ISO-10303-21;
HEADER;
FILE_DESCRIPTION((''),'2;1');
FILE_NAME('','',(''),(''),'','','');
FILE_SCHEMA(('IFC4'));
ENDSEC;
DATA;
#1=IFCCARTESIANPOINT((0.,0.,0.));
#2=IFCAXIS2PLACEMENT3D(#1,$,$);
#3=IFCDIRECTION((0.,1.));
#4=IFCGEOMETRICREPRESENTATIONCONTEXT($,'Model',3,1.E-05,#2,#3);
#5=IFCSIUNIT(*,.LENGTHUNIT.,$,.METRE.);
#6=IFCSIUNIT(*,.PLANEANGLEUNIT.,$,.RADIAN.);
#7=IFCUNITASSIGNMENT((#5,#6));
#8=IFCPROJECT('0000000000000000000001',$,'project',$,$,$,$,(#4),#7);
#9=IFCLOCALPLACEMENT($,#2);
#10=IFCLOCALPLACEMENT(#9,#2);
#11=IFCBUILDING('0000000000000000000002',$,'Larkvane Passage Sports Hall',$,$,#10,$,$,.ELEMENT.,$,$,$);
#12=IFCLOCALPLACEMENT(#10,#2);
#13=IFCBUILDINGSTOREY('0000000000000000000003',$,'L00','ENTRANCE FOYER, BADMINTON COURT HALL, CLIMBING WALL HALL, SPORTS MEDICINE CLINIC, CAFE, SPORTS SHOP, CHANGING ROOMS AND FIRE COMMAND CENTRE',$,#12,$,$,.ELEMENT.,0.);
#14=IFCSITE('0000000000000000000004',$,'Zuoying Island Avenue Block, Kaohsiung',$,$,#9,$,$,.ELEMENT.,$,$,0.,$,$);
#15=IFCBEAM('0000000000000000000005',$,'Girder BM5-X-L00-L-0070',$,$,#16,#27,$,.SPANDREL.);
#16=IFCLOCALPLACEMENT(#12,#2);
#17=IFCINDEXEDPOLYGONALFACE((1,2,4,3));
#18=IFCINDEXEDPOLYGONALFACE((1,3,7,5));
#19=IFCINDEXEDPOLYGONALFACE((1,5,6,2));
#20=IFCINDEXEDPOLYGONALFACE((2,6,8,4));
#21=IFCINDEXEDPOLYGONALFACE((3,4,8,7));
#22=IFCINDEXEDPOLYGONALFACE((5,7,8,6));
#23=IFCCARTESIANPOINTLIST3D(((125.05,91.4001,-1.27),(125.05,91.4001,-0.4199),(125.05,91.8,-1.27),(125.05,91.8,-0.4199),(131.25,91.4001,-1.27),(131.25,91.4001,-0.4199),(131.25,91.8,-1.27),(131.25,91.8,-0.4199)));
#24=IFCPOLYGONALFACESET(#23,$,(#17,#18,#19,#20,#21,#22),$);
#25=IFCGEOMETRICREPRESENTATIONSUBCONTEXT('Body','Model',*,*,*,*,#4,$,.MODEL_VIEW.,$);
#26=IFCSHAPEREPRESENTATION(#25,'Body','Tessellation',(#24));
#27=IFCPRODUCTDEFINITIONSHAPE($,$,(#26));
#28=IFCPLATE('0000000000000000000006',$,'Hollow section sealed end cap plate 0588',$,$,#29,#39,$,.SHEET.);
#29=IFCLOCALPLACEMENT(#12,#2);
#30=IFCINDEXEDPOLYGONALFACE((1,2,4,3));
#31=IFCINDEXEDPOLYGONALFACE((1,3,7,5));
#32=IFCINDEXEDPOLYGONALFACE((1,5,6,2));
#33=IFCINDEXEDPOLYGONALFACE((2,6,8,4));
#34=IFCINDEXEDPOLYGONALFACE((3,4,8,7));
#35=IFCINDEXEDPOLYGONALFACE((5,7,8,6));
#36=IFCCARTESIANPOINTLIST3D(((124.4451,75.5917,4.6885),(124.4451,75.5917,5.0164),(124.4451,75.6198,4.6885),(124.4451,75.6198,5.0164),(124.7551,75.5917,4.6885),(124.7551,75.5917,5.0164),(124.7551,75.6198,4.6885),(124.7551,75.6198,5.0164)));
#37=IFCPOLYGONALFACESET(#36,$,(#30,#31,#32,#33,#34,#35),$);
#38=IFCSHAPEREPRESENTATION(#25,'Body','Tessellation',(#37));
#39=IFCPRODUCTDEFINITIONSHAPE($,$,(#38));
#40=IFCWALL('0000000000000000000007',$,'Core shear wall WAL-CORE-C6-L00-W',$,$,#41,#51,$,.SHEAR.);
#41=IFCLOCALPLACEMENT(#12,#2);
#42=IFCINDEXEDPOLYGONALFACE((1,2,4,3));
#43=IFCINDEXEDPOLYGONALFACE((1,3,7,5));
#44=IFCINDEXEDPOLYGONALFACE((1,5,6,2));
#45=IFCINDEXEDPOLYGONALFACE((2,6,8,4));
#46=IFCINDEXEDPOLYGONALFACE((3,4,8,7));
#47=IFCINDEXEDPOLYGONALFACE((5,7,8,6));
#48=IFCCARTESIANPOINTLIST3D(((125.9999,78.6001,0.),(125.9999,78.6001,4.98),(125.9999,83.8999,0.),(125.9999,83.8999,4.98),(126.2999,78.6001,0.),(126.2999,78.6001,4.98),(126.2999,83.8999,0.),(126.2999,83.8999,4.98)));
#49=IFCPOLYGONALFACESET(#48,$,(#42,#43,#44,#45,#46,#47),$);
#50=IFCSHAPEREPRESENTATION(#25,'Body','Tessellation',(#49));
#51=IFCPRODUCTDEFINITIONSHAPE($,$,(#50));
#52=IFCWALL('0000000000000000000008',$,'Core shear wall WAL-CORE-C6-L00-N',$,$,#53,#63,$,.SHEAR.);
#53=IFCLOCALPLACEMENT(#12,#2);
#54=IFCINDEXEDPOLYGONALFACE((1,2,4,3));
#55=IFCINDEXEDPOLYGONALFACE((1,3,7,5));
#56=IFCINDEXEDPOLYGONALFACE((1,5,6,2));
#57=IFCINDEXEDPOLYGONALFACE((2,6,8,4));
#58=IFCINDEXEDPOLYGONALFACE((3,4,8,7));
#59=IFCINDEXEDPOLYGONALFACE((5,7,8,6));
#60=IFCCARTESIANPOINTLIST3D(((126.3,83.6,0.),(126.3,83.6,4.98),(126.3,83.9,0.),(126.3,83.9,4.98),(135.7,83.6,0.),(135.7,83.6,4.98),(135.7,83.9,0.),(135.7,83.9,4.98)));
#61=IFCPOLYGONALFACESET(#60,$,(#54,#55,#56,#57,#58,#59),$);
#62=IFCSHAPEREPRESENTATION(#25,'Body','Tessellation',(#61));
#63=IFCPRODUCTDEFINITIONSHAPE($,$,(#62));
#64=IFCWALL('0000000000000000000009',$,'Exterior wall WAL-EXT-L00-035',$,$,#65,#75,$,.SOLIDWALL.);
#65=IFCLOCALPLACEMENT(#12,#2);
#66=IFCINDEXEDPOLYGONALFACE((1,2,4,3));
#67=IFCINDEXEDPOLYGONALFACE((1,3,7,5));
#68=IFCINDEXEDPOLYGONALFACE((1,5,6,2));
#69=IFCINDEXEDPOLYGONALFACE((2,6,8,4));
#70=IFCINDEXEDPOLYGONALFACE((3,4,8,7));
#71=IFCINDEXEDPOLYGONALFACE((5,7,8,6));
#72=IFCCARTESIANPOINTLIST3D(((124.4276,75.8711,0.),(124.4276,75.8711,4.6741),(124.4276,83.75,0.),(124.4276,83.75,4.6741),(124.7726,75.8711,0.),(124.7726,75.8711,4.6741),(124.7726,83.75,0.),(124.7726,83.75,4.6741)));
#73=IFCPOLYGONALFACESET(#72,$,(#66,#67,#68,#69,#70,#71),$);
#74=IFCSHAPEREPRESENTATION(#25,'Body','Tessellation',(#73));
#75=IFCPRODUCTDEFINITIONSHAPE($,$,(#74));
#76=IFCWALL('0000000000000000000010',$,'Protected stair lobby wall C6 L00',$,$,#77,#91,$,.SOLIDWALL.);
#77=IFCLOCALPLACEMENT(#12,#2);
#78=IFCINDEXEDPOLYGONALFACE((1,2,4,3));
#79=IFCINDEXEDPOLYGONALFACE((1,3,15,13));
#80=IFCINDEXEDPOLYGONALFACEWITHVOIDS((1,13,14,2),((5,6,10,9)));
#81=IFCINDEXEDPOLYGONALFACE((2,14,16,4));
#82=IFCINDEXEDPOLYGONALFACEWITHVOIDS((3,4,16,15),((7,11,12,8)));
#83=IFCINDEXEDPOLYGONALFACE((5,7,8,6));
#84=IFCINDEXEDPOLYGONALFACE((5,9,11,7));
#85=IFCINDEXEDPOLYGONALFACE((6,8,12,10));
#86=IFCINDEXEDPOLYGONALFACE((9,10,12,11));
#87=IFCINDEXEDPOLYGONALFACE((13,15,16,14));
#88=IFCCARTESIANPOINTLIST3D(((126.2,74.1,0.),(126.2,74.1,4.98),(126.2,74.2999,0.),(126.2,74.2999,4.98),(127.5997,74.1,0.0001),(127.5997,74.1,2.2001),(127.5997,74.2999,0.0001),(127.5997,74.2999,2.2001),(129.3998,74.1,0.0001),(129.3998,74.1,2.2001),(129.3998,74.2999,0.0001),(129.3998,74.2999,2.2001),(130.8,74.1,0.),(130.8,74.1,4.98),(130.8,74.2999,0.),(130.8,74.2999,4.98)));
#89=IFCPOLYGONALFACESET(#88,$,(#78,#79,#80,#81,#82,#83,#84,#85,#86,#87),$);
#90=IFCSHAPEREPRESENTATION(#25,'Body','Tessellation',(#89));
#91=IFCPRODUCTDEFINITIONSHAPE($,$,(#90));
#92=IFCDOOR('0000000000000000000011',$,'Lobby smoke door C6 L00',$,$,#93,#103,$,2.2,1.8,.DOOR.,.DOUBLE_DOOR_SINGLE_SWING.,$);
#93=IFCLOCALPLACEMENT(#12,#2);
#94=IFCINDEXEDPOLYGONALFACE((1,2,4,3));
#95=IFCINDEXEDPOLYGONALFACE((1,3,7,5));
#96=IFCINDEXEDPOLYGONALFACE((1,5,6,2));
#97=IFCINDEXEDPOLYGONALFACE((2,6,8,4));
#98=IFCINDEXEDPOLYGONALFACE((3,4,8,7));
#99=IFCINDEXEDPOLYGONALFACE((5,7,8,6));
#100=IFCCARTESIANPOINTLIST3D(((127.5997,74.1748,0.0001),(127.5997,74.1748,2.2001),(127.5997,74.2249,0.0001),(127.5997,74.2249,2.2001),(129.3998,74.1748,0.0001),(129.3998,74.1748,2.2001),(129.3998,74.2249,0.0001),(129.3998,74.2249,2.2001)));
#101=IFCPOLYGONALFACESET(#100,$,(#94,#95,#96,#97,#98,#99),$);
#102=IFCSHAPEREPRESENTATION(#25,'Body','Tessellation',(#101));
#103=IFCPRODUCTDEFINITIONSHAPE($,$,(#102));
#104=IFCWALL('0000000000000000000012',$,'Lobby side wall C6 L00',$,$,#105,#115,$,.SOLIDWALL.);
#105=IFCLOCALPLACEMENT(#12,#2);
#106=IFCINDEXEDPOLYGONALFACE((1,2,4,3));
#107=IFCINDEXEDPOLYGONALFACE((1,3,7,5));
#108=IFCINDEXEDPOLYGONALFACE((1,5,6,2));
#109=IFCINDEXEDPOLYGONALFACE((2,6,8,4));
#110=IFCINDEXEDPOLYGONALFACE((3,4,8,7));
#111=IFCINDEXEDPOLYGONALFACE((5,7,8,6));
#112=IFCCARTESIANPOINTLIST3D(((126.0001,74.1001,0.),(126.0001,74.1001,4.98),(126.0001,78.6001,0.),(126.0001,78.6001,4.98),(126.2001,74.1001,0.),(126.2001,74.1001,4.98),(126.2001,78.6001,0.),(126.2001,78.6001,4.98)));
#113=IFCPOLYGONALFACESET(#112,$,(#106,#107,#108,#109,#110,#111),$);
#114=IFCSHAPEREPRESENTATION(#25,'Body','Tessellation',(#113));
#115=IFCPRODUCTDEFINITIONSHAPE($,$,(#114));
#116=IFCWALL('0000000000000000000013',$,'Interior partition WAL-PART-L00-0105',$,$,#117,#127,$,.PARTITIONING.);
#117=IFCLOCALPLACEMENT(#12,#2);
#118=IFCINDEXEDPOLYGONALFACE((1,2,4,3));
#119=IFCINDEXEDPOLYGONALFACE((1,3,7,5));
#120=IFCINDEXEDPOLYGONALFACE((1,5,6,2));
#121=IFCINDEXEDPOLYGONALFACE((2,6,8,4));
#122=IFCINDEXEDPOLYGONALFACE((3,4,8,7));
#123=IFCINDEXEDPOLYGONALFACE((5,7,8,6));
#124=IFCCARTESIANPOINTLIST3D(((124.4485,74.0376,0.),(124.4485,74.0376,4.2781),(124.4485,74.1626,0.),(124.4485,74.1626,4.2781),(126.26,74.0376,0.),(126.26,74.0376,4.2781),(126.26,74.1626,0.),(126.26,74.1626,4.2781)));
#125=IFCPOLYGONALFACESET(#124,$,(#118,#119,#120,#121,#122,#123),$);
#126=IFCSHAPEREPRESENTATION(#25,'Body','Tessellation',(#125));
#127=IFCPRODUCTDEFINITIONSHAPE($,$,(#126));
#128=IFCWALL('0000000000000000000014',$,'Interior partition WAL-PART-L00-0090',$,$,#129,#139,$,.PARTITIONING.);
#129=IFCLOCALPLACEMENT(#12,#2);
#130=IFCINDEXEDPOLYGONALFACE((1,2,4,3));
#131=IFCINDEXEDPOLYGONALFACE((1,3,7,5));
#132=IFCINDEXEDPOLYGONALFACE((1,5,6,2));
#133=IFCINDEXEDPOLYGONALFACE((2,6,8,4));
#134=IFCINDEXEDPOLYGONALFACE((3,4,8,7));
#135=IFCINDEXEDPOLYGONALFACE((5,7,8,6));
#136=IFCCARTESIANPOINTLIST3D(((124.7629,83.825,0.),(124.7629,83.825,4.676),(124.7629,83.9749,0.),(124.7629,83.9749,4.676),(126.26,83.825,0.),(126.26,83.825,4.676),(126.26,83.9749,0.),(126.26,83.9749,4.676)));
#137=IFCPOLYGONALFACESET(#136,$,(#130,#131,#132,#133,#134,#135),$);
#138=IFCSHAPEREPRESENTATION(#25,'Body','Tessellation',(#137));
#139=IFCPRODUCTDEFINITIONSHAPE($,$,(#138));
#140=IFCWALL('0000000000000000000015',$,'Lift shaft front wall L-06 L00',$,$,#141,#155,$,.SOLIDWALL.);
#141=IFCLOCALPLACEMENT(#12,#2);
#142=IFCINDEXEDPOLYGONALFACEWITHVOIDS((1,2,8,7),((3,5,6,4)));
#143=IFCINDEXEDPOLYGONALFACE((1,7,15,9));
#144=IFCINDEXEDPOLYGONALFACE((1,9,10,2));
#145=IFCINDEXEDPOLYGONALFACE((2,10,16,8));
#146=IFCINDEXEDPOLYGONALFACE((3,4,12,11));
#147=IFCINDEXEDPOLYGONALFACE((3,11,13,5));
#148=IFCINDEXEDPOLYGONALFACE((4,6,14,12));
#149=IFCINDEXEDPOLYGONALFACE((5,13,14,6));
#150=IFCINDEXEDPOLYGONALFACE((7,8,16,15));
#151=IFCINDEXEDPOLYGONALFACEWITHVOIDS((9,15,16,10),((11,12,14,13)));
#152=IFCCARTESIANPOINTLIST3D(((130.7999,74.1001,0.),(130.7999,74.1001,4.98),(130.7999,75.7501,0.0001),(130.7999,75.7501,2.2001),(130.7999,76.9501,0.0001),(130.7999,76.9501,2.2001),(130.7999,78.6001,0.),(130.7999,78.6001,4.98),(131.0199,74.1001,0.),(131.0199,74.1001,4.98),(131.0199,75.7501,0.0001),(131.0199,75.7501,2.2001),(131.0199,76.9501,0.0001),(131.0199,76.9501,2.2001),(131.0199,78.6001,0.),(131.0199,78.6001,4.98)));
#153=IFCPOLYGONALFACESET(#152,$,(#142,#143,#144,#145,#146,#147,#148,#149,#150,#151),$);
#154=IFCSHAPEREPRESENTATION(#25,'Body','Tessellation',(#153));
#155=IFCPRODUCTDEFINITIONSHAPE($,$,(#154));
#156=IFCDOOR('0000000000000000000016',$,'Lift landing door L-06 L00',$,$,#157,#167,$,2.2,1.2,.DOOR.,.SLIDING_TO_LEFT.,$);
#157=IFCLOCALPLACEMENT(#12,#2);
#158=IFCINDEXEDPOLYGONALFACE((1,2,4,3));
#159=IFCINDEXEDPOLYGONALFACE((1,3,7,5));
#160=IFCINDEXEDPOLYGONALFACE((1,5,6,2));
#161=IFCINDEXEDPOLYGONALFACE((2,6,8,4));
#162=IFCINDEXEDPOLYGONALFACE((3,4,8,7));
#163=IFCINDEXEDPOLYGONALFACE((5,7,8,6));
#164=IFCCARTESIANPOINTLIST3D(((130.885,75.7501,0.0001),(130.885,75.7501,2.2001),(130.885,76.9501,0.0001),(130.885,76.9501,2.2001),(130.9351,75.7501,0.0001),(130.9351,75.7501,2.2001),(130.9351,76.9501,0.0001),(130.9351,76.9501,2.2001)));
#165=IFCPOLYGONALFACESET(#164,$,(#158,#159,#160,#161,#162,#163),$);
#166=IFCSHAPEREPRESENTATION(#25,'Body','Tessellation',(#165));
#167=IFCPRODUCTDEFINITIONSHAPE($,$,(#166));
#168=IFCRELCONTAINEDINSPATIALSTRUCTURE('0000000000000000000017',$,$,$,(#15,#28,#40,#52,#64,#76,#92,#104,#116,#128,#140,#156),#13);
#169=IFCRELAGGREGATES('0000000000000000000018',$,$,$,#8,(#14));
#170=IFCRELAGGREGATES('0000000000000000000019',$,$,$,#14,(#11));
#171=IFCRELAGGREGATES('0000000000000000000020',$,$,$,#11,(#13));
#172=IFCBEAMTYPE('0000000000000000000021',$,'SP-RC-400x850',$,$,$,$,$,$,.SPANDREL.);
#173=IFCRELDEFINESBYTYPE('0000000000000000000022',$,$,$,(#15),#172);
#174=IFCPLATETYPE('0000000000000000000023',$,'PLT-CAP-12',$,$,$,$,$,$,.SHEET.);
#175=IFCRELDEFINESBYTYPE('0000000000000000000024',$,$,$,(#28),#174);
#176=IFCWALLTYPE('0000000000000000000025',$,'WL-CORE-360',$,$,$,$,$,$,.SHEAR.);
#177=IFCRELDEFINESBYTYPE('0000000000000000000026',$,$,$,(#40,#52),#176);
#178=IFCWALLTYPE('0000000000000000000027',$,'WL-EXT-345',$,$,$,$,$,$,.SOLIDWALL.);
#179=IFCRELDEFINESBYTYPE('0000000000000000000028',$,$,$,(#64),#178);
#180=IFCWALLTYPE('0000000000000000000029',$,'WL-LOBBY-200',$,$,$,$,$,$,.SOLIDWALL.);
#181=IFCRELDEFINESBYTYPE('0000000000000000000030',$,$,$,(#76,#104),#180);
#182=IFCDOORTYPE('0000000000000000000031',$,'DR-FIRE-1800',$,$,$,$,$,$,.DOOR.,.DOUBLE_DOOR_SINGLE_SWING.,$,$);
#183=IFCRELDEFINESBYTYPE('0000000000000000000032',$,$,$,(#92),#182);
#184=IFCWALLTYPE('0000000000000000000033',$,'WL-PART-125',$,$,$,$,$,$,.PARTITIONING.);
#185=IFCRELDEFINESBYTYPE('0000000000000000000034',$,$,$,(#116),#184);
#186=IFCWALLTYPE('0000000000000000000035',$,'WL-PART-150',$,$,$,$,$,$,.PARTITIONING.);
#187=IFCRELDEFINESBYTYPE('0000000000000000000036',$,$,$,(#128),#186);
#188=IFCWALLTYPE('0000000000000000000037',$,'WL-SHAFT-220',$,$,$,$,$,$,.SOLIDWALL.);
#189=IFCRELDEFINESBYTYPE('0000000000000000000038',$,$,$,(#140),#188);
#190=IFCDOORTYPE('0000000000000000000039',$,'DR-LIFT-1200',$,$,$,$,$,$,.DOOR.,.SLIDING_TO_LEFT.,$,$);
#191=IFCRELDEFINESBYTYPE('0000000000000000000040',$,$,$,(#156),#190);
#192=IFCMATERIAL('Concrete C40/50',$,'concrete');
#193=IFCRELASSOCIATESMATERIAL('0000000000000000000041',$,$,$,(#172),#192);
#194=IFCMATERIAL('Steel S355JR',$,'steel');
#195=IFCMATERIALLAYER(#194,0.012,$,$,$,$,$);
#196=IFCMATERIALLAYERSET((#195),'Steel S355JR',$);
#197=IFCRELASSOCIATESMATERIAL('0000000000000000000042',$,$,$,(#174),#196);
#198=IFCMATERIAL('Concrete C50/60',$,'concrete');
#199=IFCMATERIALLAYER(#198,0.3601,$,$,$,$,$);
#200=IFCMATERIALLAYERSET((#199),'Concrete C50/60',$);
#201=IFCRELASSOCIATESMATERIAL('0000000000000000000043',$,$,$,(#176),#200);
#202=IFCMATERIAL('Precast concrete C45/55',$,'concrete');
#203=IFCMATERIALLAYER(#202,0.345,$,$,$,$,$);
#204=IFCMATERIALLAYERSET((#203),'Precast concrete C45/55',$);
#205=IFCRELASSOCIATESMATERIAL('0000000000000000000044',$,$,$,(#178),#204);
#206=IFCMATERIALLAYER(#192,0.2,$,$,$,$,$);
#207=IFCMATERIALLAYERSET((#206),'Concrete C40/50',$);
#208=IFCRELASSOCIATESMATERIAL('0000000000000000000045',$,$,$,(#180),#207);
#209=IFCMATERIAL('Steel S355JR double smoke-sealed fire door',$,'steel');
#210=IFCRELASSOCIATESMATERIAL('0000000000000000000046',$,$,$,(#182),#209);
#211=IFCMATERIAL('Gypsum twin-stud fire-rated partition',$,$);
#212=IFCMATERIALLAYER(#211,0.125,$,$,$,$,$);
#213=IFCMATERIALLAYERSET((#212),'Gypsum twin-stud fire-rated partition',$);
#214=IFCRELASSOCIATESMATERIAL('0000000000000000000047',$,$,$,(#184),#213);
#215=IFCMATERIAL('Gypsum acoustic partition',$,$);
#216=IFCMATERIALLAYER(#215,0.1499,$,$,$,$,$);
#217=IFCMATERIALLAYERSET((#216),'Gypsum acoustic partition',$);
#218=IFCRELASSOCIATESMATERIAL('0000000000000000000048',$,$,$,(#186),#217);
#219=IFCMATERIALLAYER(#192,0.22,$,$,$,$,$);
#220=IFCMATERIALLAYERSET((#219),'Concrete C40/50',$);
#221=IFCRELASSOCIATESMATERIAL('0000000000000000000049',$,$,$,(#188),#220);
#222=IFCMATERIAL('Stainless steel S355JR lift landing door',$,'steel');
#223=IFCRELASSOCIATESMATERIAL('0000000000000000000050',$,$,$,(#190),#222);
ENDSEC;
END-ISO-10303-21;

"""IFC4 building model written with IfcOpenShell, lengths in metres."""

from ifc_helpers import new_model, si_unit, direction, frame, frame_2d, origin, origin_2d, place, context, subcontext, project, spatial, rectangle, extrude, material, layer, layer_set, material_profile, profile_set, type_object, element, fill, save


model = new_model("IFC4")

# Units and contexts
model_context = context("Model", 3, precision=1e-05, world=origin(), true_north=direction((0.0, 1.0)))
body_context = subcontext(model_context, "Body", "Model", "MODEL_VIEW")
ifc_project = project(units=[si_unit("LENGTHUNIT", "METRE"), si_unit("PLANEANGLEUNIT", "RADIAN")], contexts=[model_context])

# Site, building, storey
site_placement = place(None, origin())
site = spatial("IfcSite", under=ifc_project, at=site_placement, Name="Zuoying Island Avenue Block, Kaohsiung", CompositionType="ELEMENT", RefElevation=0.0)
building_placement = place(site_placement, origin())
building = spatial("IfcBuilding", under=site, at=building_placement, Name="Larkvane Passage Sports Hall", CompositionType="ELEMENT")
storey_placement = place(building_placement, origin())
storey = spatial("IfcBuildingStorey", under=building, at=storey_placement, Name="L00", Description="ENTRANCE FOYER, BADMINTON COURT HALL, CLIMBING WALL HALL, SPORTS MEDICINE CLINIC, CAFE, SPORTS SHOP, CHANGING ROOMS AND FIRE COMMAND CENTRE", CompositionType="ELEMENT", Elevation=0.0)

# Shared definitions
ifc_material_1 = material(Name="Concrete C40/50", Category="concrete")

# Beam
ifc_material_2 = material(Name="Concrete C50/60", Category="concrete")
ifc_material_profile_1 = material_profile(ifc_material_1, rectangle(XDim=0.3999, YDim=0.8501, at=origin_2d()), Name="RC-SP-400x850")
ifc_profile_set_1 = profile_set([ifc_material_profile_1], Name="Concrete C40/50")
beam_type_1 = type_object("IfcBeamType", Name="SP-RC-400x850", PredefinedType="SPANDREL", material=ifc_profile_set_1)
beam_1_placement = place(storey_placement, frame((125.05, 91.6001, -0.845), z_axis=(1.0, 0.0, 0.0), x_axis=(0.0, 1.0, 0.0)))
element("IfcBeam", 1, at=beam_1_placement, inside=storey, type_object=beam_type_1, Name="Girder BM5-X-L00-L-0070", PredefinedType="SPANDREL", context=body_context, shape_type="SweptSolid", body=[
    extrude(rectangle(XDim=0.3999, YDim=0.8501, at=origin_2d()), origin(), (0.0, 0.0, 1.0), 6.2),
])

# Plate
ifc_material_3 = material(Name="Steel S355JR", Category="steel")
ifc_layer_1 = layer(ifc_material_3, 0.012)
ifc_layer_set_1 = layer_set([ifc_layer_1], Name="Steel S355JR")
plate_type = type_object("IfcPlateType", Name="PLT-CAP-12", PredefinedType="SHEET", material=ifc_layer_set_1)
plate_placement = place(storey_placement, frame((124.6001, 75.6057, 4.6885), z_axis=(0.0, 0.0, 1.0), x_axis=(-1.0, 0.0, 0.0)))
element("IfcPlate", 2, at=plate_placement, inside=storey, type_object=plate_type, Name="Hollow section sealed end cap plate 0588", PredefinedType="SHEET", context=body_context, shape_type="SweptSolid", body=[
    extrude(rectangle(XDim=0.3101, YDim=0.0281, at=origin_2d()), origin(), (0.0, 0.0, 1.0), 0.3279),
])

# Walls
ifc_layer_2 = layer(ifc_material_2, 0.3601)
ifc_layer_set_2 = layer_set([ifc_layer_2], Name="Concrete C50/60")
wall_type_1 = type_object("IfcWallType", Name="WL-CORE-360", PredefinedType="SHEAR", material=ifc_layer_set_2)
wall_1_placement = place(storey_placement, frame((126.1499, 78.6001, 0.0), z_axis=(0.0, 0.0, 1.0), x_axis=(0.0, 1.0, 0.0)))
element("IfcWall", 3, at=wall_1_placement, inside=storey, type_object=wall_type_1, Name="Core shear wall WAL-CORE-C6-L00-W", PredefinedType="SHEAR", context=body_context, shape_type="SweptSolid", body=[
    extrude(rectangle(XDim=5.2998, YDim=0.3, at=frame_2d((2.6499, 0.0))), origin(), (0.0, 0.0, 1.0), 4.98),
])
wall_2_placement = place(storey_placement, frame((126.3, 83.75, 0.0), z_axis=(0.0, 0.0, 1.0), x_axis=(1.0, 0.0, 0.0)))
element("IfcWall", 4, at=wall_2_placement, inside=storey, type_object=wall_type_1, Name="Core shear wall WAL-CORE-C6-L00-N", PredefinedType="SHEAR", context=body_context, shape_type="SweptSolid", body=[
    extrude(rectangle(XDim=9.3999, YDim=0.3, at=frame_2d((4.7, 0.0))), origin(), (0.0, 0.0, 1.0), 4.98),
])

# Wall
ifc_material_4 = material(Name="Precast concrete C45/55", Category="concrete")
ifc_layer_3 = layer(ifc_material_4, 0.345)
ifc_layer_set_3 = layer_set([ifc_layer_3], Name="Precast concrete C45/55")
wall_type_2 = type_object("IfcWallType", Name="WL-EXT-345", PredefinedType="SOLIDWALL", material=ifc_layer_set_3)
wall_3_placement = place(storey_placement, frame((124.6001, 75.8711, 0.0), z_axis=(0.0, 0.0, 1.0), x_axis=(0.0, 1.0, 0.0)))
element("IfcWall", 5, at=wall_3_placement, inside=storey, type_object=wall_type_2, Name="Exterior wall WAL-EXT-L00-035", PredefinedType="SOLIDWALL", context=body_context, shape_type="SweptSolid", body=[
    extrude(rectangle(XDim=7.8789, YDim=0.345, at=frame_2d((3.9395, 0.0))), origin(), (0.0, 0.0, 1.0), 4.6741),
])

# Wall, opening, door
ifc_layer_4 = layer(ifc_material_1, 0.2)
ifc_layer_set_4 = layer_set([ifc_layer_4], Name="Concrete C40/50")
wall_type_3 = type_object("IfcWallType", Name="WL-LOBBY-200", PredefinedType="SOLIDWALL", material=ifc_layer_set_4)
wall_4_placement = place(storey_placement, frame((126.2, 74.2, 0.0), z_axis=(0.0, 0.0, 1.0), x_axis=(1.0, 0.0, 0.0)))
wall_4 = element("IfcWall", 6, at=wall_4_placement, inside=storey, type_object=wall_type_3, Name="Protected stair lobby wall C6 L00", PredefinedType="SOLIDWALL", context=body_context, shape_type="SweptSolid", body=[
    extrude(rectangle(XDim=4.6001, YDim=0.2, at=frame_2d((2.3, 0.0))), origin(), (0.0, 0.0, 1.0), 4.98),
])
opening_1_placement = place(wall_4_placement, frame((1.3999, 0.0, 0.0)))
opening_1 = element("IfcOpeningElement", 7, at=opening_1_placement, cuts=wall_4, PredefinedType="OPENING", context=body_context, shape_type="SweptSolid", body=[
    extrude(rectangle(XDim=1.8, YDim=2.2, at=frame_2d((0.8999, 1.1001))), frame((0.0, 0.1099, 0.0), z_axis=(0.0, -1.0, 0.0), x_axis=(1.0, 0.0, 0.0)), (0.0, 0.0, 1.0), 0.22),
])
ifc_material_5 = material(Name="Steel S355JR double smoke-sealed fire door", Category="steel")
door_type_1 = type_object("IfcDoorType", Name="DR-FIRE-1800", OperationType="DOUBLE_DOOR_SINGLE_SWING", PredefinedType="DOOR", material=ifc_material_5)
door_1_placement = place(opening_1_placement, origin())
door_1 = element("IfcDoor", 8, at=door_1_placement, inside=storey, type_object=door_type_1, Name="Lobby smoke door C6 L00", OperationType="DOUBLE_DOOR_SINGLE_SWING", OverallHeight=2.2, OverallWidth=1.8, PredefinedType="DOOR", context=body_context, shape_type="SweptSolid", body=[
    extrude(rectangle(XDim=1.8, YDim=2.2, at=frame_2d((0.8999, 1.1001))), frame((0.0, 0.0249, 0.0), z_axis=(0.0, -1.0, 0.0), x_axis=(1.0, 0.0, 0.0)), (0.0, 0.0, 1.0), 0.05),
])
fill(opening_1, door_1)

# Walls
wall_5_placement = place(storey_placement, frame((126.1001, 74.1001, 0.0), z_axis=(0.0, 0.0, 1.0), x_axis=(0.0, 1.0, 0.0)))
element("IfcWall", 9, at=wall_5_placement, inside=storey, type_object=wall_type_3, Name="Lobby side wall C6 L00", PredefinedType="SOLIDWALL", context=body_context, shape_type="SweptSolid", body=[
    extrude(rectangle(XDim=4.5, YDim=0.2, at=frame_2d((2.25, 0.0))), origin(), (0.0, 0.0, 1.0), 4.98),
])
ifc_material_6 = material(Name="Gypsum twin-stud fire-rated partition")
ifc_layer_5 = layer(ifc_material_6, 0.125)
ifc_layer_set_5 = layer_set([ifc_layer_5], Name="Gypsum twin-stud fire-rated partition")
wall_type_4 = type_object("IfcWallType", Name="WL-PART-125", PredefinedType="PARTITIONING", material=ifc_layer_set_5)
wall_6_placement = place(storey_placement, frame((124.4485, 74.1001, 0.0), z_axis=(0.0, 0.0, 1.0), x_axis=(1.0, 0.0, 0.0)))
element("IfcWall", 10, at=wall_6_placement, inside=storey, type_object=wall_type_4, Name="Interior partition WAL-PART-L00-0105", PredefinedType="PARTITIONING", context=body_context, shape_type="SweptSolid", body=[
    extrude(rectangle(XDim=1.8115, YDim=0.125, at=frame_2d((0.9058, 0.0))), origin(), (0.0, 0.0, 1.0), 4.2781),
])
ifc_material_7 = material(Name="Gypsum acoustic partition")
ifc_layer_6 = layer(ifc_material_7, 0.1499)
ifc_layer_set_6 = layer_set([ifc_layer_6], Name="Gypsum acoustic partition")
wall_type_5 = type_object("IfcWallType", Name="WL-PART-150", PredefinedType="PARTITIONING", material=ifc_layer_set_6)
wall_7_placement = place(storey_placement, frame((126.26, 83.8999, 0.0), z_axis=(0.0, 0.0, 1.0), x_axis=(-1.0, 0.0, 0.0)))
element("IfcWall", 11, at=wall_7_placement, inside=storey, type_object=wall_type_5, Name="Interior partition WAL-PART-L00-0090", PredefinedType="PARTITIONING", context=body_context, shape_type="SweptSolid", body=[
    extrude(rectangle(XDim=1.4971, YDim=0.1499, at=frame_2d((0.7485, 0.0))), origin(), (0.0, 0.0, 1.0), 4.676),
])

# Wall, opening, door
ifc_layer_7 = layer(ifc_material_1, 0.22)
ifc_layer_set_7 = layer_set([ifc_layer_7], Name="Concrete C40/50")
wall_type_6 = type_object("IfcWallType", Name="WL-SHAFT-220", PredefinedType="SOLIDWALL", material=ifc_layer_set_7)
wall_8_placement = place(storey_placement, frame((130.9099, 74.1001, 0.0), z_axis=(0.0, 0.0, 1.0), x_axis=(0.0, 1.0, 0.0)))
wall_8 = element("IfcWall", 12, at=wall_8_placement, inside=storey, type_object=wall_type_6, Name="Lift shaft front wall L-06 L00", PredefinedType="SOLIDWALL", context=body_context, shape_type="SweptSolid", body=[
    extrude(rectangle(XDim=4.5, YDim=0.22, at=frame_2d((2.25, 0.0))), origin(), (0.0, 0.0, 1.0), 4.98),
])
opening_2_placement = place(wall_8_placement, frame((1.6499, 0.0, 0.0)))
opening_2 = element("IfcOpeningElement", 13, at=opening_2_placement, cuts=wall_8, PredefinedType="OPENING", context=body_context, shape_type="SweptSolid", body=[
    extrude(rectangle(XDim=1.2, YDim=2.2, at=frame_2d((0.6001, 1.1001))), frame((0.0, 0.1199, 0.0), z_axis=(0.0, -1.0, 0.0), x_axis=(1.0, 0.0, 0.0)), (0.0, 0.0, 1.0), 0.24),
])
ifc_material_8 = material(Name="Stainless steel S355JR lift landing door", Category="steel")
door_type_2 = type_object("IfcDoorType", Name="DR-LIFT-1200", OperationType="SLIDING_TO_LEFT", PredefinedType="DOOR", material=ifc_material_8)
door_2_placement = place(opening_2_placement, origin())
door_2 = element("IfcDoor", 14, at=door_2_placement, inside=storey, type_object=door_type_2, Name="Lift landing door L-06 L00", OperationType="SLIDING_TO_LEFT", OverallHeight=2.2, OverallWidth=1.2, PredefinedType="DOOR", context=body_context, shape_type="SweptSolid", body=[
    extrude(rectangle(XDim=1.2, YDim=2.2, at=frame_2d((0.6001, 1.1001))), frame((0.0, 0.0249, 0.0), z_axis=(0.0, -1.0, 0.0), x_axis=(1.0, 0.0, 0.0)), (0.0, 0.0, 1.0), 0.05),
])
fill(opening_2, door_2)

save(model, "model.ifc")
